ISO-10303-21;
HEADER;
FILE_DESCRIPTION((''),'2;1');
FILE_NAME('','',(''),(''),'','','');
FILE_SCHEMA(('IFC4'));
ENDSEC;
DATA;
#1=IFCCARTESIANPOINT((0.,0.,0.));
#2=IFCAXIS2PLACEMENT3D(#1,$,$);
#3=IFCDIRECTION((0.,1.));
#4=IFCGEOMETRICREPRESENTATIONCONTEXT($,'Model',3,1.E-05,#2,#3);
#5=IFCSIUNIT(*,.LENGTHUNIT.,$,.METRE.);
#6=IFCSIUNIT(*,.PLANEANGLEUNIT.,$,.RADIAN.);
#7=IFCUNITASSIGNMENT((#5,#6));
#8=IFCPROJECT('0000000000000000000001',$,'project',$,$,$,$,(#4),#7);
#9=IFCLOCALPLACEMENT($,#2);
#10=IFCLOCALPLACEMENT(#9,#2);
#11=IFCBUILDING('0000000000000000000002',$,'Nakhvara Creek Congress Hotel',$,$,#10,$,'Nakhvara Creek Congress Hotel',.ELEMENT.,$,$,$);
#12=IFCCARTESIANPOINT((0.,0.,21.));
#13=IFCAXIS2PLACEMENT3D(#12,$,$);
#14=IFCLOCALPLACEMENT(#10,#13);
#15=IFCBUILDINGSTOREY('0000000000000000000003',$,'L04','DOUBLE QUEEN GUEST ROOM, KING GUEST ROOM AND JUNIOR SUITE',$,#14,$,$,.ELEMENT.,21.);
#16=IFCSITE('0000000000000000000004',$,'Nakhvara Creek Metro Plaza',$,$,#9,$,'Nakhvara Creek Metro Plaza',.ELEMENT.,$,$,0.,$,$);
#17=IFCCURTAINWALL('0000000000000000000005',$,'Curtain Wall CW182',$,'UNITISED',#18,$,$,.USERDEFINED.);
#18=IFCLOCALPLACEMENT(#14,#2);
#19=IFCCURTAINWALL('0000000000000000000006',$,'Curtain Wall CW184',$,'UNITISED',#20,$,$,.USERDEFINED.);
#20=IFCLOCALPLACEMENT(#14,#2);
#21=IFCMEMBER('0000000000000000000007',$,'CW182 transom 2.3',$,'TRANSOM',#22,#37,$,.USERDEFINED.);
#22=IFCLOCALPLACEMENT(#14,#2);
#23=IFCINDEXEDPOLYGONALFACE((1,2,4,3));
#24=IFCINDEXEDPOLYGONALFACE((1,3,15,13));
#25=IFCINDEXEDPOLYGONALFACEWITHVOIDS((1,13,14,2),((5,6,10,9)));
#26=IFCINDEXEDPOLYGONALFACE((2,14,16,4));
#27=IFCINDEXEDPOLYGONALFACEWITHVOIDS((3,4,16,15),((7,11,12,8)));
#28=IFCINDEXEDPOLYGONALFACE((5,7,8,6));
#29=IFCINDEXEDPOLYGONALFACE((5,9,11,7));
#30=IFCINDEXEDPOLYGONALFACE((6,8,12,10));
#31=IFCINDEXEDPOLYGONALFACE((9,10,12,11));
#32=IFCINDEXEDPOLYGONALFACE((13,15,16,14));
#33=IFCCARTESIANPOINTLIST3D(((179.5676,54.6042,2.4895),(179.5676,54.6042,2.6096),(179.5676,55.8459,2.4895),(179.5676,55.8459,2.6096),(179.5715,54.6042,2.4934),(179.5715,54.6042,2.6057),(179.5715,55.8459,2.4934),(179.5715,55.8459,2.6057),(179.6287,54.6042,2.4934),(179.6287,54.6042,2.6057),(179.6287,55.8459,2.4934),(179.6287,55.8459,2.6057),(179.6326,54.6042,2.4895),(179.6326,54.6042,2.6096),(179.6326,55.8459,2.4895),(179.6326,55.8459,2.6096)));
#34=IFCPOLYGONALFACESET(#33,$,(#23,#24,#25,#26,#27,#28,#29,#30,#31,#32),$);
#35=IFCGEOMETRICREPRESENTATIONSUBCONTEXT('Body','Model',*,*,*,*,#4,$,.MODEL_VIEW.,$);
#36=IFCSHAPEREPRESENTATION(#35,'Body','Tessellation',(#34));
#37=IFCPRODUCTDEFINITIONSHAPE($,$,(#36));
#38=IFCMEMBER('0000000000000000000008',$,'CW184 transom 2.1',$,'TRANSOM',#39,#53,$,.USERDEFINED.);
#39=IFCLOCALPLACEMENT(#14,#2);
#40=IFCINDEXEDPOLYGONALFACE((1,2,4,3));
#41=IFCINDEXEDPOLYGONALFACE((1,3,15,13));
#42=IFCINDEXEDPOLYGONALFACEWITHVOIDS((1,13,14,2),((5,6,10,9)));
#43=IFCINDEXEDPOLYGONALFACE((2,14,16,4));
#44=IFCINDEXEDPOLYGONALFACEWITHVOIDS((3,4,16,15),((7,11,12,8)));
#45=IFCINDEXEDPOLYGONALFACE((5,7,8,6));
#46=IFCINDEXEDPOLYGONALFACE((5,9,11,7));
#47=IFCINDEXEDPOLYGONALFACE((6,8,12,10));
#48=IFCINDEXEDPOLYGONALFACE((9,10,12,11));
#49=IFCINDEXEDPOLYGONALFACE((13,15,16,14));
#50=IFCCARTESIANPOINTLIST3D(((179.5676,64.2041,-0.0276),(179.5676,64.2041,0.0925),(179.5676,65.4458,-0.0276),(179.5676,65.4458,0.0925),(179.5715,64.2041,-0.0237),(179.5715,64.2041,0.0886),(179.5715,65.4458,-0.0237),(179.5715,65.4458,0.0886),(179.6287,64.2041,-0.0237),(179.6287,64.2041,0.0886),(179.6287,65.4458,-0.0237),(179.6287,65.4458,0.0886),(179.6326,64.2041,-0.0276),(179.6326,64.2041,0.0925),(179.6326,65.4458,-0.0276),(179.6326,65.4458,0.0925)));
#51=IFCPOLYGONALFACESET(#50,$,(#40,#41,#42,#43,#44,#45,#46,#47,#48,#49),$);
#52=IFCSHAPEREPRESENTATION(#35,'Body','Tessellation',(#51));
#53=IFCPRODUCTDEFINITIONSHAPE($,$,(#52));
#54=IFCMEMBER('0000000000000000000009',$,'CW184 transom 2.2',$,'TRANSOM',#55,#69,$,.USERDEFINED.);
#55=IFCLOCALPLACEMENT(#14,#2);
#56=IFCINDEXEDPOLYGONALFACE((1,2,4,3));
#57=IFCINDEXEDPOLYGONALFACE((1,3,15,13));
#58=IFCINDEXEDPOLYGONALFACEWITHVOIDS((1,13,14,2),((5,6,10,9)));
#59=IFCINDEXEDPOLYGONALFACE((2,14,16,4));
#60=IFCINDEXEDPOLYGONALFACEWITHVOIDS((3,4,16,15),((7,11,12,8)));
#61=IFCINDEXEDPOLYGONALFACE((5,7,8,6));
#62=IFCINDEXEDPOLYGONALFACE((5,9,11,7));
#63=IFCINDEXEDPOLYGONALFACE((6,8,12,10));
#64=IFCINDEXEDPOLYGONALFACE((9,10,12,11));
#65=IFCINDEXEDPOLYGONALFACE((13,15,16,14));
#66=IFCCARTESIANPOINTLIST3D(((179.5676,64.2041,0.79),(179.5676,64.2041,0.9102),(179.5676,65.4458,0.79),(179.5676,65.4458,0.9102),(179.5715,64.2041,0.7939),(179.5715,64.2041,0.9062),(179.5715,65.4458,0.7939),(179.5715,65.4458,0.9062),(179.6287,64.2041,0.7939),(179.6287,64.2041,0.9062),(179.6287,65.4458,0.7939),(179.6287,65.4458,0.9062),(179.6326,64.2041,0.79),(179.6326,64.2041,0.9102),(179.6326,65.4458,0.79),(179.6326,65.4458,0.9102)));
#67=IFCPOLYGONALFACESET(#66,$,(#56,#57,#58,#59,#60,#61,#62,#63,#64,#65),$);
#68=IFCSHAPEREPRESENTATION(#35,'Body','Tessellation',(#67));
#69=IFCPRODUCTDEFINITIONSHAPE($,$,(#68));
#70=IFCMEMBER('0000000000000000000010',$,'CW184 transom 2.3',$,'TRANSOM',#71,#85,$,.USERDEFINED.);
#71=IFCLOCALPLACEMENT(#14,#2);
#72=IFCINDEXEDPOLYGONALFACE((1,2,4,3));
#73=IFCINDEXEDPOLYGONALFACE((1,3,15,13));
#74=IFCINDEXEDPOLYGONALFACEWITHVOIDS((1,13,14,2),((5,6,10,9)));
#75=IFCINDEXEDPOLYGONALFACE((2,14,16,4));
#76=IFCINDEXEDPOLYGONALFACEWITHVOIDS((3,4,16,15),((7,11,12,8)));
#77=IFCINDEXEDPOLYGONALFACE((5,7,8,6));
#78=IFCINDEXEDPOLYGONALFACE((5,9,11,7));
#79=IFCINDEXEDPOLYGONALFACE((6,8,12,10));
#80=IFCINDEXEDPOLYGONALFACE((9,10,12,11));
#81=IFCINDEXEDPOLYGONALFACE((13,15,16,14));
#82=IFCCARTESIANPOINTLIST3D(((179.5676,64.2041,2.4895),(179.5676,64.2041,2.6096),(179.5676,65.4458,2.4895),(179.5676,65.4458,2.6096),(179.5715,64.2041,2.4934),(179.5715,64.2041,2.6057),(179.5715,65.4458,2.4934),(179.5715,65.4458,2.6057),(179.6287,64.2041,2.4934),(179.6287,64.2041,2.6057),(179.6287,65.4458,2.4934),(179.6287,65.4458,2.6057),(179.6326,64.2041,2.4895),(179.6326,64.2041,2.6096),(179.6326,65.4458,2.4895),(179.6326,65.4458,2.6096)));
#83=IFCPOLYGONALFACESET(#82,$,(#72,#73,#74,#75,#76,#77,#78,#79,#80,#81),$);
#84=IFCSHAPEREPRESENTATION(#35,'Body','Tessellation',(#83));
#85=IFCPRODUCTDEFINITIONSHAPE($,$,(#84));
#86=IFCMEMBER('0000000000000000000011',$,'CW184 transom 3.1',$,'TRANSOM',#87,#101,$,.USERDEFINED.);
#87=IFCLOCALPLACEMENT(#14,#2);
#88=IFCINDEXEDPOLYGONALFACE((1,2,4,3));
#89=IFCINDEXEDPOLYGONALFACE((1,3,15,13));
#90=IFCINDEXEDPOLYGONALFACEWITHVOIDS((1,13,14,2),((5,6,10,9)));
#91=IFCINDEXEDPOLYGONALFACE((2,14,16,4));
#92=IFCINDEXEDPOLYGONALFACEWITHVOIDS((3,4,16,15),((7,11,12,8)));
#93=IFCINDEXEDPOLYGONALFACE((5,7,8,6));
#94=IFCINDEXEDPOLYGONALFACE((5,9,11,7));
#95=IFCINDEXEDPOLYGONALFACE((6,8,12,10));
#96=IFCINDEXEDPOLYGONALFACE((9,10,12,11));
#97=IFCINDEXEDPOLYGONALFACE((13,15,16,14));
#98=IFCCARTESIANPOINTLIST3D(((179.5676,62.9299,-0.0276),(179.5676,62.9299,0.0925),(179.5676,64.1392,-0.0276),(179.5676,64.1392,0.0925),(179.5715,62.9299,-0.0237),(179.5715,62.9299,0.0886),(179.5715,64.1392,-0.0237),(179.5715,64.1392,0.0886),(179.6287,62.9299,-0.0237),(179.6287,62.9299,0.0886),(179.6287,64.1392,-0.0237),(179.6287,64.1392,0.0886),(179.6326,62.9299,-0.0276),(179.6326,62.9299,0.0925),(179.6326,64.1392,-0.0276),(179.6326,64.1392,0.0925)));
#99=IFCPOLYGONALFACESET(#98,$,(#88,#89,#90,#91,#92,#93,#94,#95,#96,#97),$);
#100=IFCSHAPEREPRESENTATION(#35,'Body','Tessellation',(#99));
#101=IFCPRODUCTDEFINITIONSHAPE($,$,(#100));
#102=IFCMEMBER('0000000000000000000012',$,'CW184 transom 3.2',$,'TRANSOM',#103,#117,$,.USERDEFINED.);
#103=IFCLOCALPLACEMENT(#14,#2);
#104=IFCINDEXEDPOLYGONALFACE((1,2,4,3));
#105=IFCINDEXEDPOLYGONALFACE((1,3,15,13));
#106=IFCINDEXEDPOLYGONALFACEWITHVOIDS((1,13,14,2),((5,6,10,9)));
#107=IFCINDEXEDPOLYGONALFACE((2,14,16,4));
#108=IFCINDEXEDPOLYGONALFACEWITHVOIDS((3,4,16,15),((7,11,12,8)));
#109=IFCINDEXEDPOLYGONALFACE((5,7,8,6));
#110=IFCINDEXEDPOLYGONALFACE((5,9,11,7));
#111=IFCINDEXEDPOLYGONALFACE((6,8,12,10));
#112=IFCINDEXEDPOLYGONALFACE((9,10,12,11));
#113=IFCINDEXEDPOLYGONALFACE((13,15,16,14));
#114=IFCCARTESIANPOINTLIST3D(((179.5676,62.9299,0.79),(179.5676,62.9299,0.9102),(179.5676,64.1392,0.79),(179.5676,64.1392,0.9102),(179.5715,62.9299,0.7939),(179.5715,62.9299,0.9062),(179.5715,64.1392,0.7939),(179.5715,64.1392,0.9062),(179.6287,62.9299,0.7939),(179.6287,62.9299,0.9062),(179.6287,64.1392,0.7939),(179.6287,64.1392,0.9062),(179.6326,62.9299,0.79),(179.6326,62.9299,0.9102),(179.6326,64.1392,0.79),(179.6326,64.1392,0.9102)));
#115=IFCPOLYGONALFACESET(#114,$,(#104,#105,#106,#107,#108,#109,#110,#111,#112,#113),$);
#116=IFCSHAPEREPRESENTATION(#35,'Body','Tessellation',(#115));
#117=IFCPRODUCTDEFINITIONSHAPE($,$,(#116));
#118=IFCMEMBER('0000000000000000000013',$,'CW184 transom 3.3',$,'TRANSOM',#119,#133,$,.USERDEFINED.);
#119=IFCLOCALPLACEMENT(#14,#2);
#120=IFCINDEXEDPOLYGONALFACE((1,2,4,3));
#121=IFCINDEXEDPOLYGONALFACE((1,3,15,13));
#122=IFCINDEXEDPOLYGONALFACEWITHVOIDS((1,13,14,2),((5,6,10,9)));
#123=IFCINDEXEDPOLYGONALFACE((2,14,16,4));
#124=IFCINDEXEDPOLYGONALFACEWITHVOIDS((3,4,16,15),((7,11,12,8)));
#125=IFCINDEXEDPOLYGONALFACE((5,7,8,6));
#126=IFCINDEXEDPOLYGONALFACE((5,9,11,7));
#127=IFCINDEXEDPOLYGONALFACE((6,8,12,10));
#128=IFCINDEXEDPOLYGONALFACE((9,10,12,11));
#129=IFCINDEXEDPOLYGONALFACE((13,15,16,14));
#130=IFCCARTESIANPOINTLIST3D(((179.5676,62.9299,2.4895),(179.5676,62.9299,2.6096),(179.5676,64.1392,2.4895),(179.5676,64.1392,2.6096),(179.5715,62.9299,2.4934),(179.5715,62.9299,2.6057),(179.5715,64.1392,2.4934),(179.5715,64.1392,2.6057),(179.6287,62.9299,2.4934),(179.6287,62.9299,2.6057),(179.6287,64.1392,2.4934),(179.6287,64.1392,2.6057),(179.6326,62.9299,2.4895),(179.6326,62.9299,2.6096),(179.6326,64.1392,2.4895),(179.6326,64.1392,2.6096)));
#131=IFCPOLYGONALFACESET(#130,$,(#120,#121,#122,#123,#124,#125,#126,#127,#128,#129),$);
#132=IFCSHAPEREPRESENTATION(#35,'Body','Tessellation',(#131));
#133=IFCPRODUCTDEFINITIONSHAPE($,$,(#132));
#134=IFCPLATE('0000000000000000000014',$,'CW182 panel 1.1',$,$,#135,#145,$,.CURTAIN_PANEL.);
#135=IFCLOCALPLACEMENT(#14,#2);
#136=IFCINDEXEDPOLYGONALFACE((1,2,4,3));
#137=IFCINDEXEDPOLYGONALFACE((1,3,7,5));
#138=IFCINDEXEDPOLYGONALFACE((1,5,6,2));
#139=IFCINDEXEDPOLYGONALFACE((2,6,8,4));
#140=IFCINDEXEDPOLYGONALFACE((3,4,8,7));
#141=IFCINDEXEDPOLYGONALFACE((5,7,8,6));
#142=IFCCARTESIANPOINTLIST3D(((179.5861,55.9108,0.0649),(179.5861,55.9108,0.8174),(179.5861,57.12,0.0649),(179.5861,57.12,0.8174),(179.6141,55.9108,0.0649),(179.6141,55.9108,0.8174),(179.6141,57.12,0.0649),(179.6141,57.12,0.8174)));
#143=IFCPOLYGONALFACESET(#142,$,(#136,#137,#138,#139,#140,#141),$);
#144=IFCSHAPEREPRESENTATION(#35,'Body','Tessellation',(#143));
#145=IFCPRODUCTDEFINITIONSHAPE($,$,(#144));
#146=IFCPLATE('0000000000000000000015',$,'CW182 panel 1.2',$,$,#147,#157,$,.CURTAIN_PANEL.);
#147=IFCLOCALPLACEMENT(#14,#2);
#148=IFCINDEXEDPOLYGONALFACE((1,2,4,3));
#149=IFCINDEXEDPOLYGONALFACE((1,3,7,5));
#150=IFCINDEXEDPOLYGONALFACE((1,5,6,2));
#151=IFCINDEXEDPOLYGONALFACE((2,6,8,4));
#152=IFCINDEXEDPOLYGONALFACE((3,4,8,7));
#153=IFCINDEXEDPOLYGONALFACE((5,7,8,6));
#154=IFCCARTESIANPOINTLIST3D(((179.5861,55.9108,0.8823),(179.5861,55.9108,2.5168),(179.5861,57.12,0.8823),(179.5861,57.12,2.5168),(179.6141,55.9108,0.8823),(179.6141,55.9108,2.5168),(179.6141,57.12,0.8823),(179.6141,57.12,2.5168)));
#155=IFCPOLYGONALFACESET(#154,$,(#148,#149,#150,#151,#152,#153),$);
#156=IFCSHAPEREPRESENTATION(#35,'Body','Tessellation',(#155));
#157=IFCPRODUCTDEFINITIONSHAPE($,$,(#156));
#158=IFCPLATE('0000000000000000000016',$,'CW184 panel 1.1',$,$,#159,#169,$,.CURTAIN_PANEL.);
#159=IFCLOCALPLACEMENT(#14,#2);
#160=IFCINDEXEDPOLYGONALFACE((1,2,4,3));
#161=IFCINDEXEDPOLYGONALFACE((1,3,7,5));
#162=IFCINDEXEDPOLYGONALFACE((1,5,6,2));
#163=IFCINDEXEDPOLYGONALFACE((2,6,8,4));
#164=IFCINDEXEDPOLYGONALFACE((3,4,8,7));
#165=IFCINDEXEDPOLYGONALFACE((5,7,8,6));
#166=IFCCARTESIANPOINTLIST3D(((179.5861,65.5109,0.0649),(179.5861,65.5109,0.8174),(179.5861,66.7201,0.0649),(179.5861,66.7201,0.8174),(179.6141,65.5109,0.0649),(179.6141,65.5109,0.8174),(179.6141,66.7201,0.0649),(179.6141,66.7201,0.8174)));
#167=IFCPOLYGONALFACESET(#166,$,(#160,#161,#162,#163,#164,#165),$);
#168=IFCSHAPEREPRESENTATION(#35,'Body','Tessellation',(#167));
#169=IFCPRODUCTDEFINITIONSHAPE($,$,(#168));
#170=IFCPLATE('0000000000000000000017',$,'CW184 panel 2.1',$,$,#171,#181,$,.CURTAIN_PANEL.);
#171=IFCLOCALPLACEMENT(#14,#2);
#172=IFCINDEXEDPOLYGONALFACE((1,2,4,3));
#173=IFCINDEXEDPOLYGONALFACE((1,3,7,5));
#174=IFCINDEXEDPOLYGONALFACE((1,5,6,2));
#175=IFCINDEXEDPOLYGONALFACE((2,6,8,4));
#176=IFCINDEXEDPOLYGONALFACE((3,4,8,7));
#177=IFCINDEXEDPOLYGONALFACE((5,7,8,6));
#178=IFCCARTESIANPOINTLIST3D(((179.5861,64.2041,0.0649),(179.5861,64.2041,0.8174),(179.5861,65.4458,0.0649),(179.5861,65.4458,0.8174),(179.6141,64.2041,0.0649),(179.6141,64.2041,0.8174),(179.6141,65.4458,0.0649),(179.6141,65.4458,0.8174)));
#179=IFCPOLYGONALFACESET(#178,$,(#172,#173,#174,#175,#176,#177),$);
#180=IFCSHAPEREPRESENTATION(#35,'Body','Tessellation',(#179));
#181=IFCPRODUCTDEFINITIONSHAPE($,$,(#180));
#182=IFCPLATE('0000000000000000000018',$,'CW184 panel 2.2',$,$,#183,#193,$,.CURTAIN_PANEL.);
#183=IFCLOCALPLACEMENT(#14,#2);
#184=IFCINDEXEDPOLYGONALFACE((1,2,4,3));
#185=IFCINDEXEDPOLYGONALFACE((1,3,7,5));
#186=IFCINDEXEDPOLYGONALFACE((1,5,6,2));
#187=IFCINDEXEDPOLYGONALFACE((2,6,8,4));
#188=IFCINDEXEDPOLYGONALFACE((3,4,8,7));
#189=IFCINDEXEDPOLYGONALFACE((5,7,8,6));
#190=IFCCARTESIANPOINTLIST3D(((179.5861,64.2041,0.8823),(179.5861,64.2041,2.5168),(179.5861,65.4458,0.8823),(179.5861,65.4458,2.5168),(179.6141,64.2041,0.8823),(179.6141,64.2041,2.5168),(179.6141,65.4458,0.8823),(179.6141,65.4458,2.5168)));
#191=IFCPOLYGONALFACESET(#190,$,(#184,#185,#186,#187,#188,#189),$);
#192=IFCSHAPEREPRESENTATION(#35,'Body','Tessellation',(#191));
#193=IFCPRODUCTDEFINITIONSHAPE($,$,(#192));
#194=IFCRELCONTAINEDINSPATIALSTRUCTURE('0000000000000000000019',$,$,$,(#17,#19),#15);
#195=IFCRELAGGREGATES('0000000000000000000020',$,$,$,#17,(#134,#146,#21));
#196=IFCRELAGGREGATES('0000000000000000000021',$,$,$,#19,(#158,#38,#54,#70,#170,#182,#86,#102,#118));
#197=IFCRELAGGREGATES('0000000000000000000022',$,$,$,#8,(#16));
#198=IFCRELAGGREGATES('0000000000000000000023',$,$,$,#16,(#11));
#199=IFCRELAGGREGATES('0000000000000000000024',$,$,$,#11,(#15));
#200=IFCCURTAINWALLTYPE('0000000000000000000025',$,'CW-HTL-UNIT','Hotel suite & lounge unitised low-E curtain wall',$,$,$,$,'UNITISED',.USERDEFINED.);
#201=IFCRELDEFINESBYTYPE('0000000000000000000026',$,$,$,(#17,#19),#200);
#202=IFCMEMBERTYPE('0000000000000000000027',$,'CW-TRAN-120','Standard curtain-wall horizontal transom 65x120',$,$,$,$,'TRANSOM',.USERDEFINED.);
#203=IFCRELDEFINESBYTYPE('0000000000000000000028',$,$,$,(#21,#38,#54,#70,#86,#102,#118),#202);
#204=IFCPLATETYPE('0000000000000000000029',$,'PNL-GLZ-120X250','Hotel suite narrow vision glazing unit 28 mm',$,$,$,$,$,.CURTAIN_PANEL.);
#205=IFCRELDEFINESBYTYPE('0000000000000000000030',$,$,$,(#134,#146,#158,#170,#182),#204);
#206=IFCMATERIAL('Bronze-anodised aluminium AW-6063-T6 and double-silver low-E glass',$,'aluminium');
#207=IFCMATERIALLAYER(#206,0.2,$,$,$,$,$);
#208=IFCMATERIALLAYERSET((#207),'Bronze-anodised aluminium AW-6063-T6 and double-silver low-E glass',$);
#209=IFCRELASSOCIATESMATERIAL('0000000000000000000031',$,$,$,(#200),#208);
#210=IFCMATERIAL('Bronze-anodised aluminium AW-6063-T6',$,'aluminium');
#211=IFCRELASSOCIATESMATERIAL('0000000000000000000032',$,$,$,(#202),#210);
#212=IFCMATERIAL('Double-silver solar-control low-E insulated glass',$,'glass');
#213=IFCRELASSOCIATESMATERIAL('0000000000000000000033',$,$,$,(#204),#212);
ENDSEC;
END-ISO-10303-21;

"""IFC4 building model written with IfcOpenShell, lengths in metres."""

from ifc_helpers import new_model, si_unit, direction, frame, origin, origin_2d, place, context, subcontext, project, spatial, rectangle, hollow_rectangle, extrude, material, layer, layer_set, material_profile, profile_set, type_object, element, aggregate, save


model = new_model("IFC4")

# Units and contexts
model_context = context("Model", 3, precision=1e-05, world=origin(), true_north=direction((0.0, 1.0)))
body_context = subcontext(model_context, "Body", "Model", "MODEL_VIEW")
ifc_project = project(units=[si_unit("LENGTHUNIT", "METRE"), si_unit("PLANEANGLEUNIT", "RADIAN")], contexts=[model_context])

# Site, building, storey
site_placement = place(None, origin())
site = spatial("IfcSite", under=ifc_project, at=site_placement, Name="Nakhvara Creek Metro Plaza", LongName="Nakhvara Creek Metro Plaza", CompositionType="ELEMENT", RefElevation=0.0)
building_placement = place(site_placement, origin())
building = spatial("IfcBuilding", under=site, at=building_placement, Name="Nakhvara Creek Congress Hotel", LongName="Nakhvara Creek Congress Hotel", CompositionType="ELEMENT")
storey_placement = place(building_placement, frame((0.0, 0.0, 21.0)))
storey = spatial("IfcBuildingStorey", under=building, at=storey_placement, Name="L04", Description="DOUBLE QUEEN GUEST ROOM, KING GUEST ROOM AND JUNIOR SUITE", CompositionType="ELEMENT", Elevation=21.0)

# Curtain walls
ifc_material_1 = material(Name="Bronze-anodised aluminium AW-6063-T6 and double-silver low-E glass", Category="aluminium")
ifc_layer_1 = layer(ifc_material_1, 0.2)
ifc_layer_set_1 = layer_set([ifc_layer_1], Name="Bronze-anodised aluminium AW-6063-T6 and double-silver low-E glass")
curtain_wall_type = type_object("IfcCurtainWallType", Name="CW-HTL-UNIT", Description="Hotel suite & lounge unitised low-E curtain wall", ElementType="UNITISED", PredefinedType="USERDEFINED", material=ifc_layer_set_1)
curtain_wall_1_placement = place(storey_placement, origin())
curtain_wall_1 = element("IfcCurtainWall", 1, at=curtain_wall_1_placement, inside=storey, type_object=curtain_wall_type, Name="Curtain Wall CW182", ObjectType="UNITISED", PredefinedType="USERDEFINED")
ifc_material_2 = material(Name="Bronze-anodised aluminium AW-6063-T6", Category="aluminium")
curtain_wall_2_placement = place(storey_placement, origin())
curtain_wall_2 = element("IfcCurtainWall", 2, at=curtain_wall_2_placement, inside=storey, type_object=curtain_wall_type, Name="Curtain Wall CW184", ObjectType="UNITISED", PredefinedType="USERDEFINED")

# Members
ifc_material_profile_1 = material_profile(ifc_material_2, hollow_rectangle(XDim=0.0649, YDim=0.1201, WallThickness=0.0039, at=origin_2d()), Name="ALU-TRAN 65x120x4", Category="LoadBearing")
ifc_profile_set_1 = profile_set([ifc_material_profile_1], Name="Bronze-anodised aluminium AW-6063-T6")
member_type_1 = type_object("IfcMemberType", Name="CW-TRAN-120", Description="Standard curtain-wall horizontal transom 65x120", ElementType="TRANSOM", PredefinedType="USERDEFINED", material=ifc_profile_set_1)
member_1_placement = place(storey_placement, frame((179.6001, 55.8459, 2.5496), z_axis=(0.0, -1.0, 0.0), x_axis=(1.0, 0.0, 0.0)))
member_1 = element("IfcMember", 3, at=member_1_placement, type_object=member_type_1, Name="CW182 transom 2.3", ObjectType="TRANSOM", PredefinedType="USERDEFINED", context=body_context, shape_type="SweptSolid", body=[
    extrude(hollow_rectangle(XDim=0.0649, YDim=0.1201, WallThickness=0.0039, at=origin_2d()), origin(), (0.0, 0.0, 1.0), 1.2417),
])
member_2_placement = place(storey_placement, frame((179.6001, 65.4458, 0.0325), z_axis=(0.0, -1.0, 0.0), x_axis=(1.0, 0.0, 0.0)))
member_2 = element("IfcMember", 4, at=member_2_placement, type_object=member_type_1, Name="CW184 transom 2.1", ObjectType="TRANSOM", PredefinedType="USERDEFINED", context=body_context, shape_type="SweptSolid", body=[
    extrude(hollow_rectangle(XDim=0.0649, YDim=0.1201, WallThickness=0.0039, at=origin_2d()), origin(), (0.0, 0.0, 1.0), 1.2417),
])
member_3_placement = place(storey_placement, frame((179.6001, 65.4458, 0.8501), z_axis=(0.0, -1.0, 0.0), x_axis=(1.0, 0.0, 0.0)))
member_3 = element("IfcMember", 5, at=member_3_placement, type_object=member_type_1, Name="CW184 transom 2.2", ObjectType="TRANSOM", PredefinedType="USERDEFINED", context=body_context, shape_type="SweptSolid", body=[
    extrude(hollow_rectangle(XDim=0.0649, YDim=0.1201, WallThickness=0.0039, at=origin_2d()), origin(), (0.0, 0.0, 1.0), 1.2417),
])
member_4_placement = place(storey_placement, frame((179.6001, 65.4458, 2.5496), z_axis=(0.0, -1.0, 0.0), x_axis=(1.0, 0.0, 0.0)))
member_4 = element("IfcMember", 6, at=member_4_placement, type_object=member_type_1, Name="CW184 transom 2.3", ObjectType="TRANSOM", PredefinedType="USERDEFINED", context=body_context, shape_type="SweptSolid", body=[
    extrude(hollow_rectangle(XDim=0.0649, YDim=0.1201, WallThickness=0.0039, at=origin_2d()), origin(), (0.0, 0.0, 1.0), 1.2417),
])
member_5_placement = place(storey_placement, frame((179.6001, 64.1392, 0.0325), z_axis=(0.0, -1.0, 0.0), x_axis=(1.0, 0.0, 0.0)))
member_5 = element("IfcMember", 7, at=member_5_placement, type_object=member_type_1, Name="CW184 transom 3.1", ObjectType="TRANSOM", PredefinedType="USERDEFINED", context=body_context, shape_type="SweptSolid", body=[
    extrude(hollow_rectangle(XDim=0.0649, YDim=0.1201, WallThickness=0.0039, at=origin_2d()), origin(), (0.0, 0.0, 1.0), 1.2092),
])
member_6_placement = place(storey_placement, frame((179.6001, 64.1392, 0.8501), z_axis=(0.0, -1.0, 0.0), x_axis=(1.0, 0.0, 0.0)))
member_6 = element("IfcMember", 8, at=member_6_placement, type_object=member_type_1, Name="CW184 transom 3.2", ObjectType="TRANSOM", PredefinedType="USERDEFINED", context=body_context, shape_type="SweptSolid", body=[
    extrude(hollow_rectangle(XDim=0.0649, YDim=0.1201, WallThickness=0.0039, at=origin_2d()), origin(), (0.0, 0.0, 1.0), 1.2092),
])
member_7_placement = place(storey_placement, frame((179.6001, 64.1392, 2.5496), z_axis=(0.0, -1.0, 0.0), x_axis=(1.0, 0.0, 0.0)))
member_7 = element("IfcMember", 9, at=member_7_placement, type_object=member_type_1, Name="CW184 transom 3.3", ObjectType="TRANSOM", PredefinedType="USERDEFINED", context=body_context, shape_type="SweptSolid", body=[
    extrude(hollow_rectangle(XDim=0.0649, YDim=0.1201, WallThickness=0.0039, at=origin_2d()), origin(), (0.0, 0.0, 1.0), 1.2092),
])

# Plates
ifc_material_3 = material(Name="Double-silver solar-control low-E insulated glass", Category="glass")
plate_type = type_object("IfcPlateType", Name="PNL-GLZ-120X250", Description="Hotel suite narrow vision glazing unit 28 mm", PredefinedType="CURTAIN_PANEL", material=ifc_material_3)
plate_1_placement = place(storey_placement, frame((179.6001, 56.5154, 0.0649), z_axis=(0.0, 0.0, 1.0), x_axis=(0.0, -1.0, 0.0)))
plate_1 = element("IfcPlate", 10, at=plate_1_placement, type_object=plate_type, Name="CW182 panel 1.1", PredefinedType="CURTAIN_PANEL", context=body_context, shape_type="SweptSolid", body=[
    extrude(rectangle(XDim=1.2092, YDim=0.0281, at=origin_2d()), origin(), (0.0, 0.0, 1.0), 0.7524),
])
plate_2_placement = place(storey_placement, frame((179.6001, 56.5154, 0.8823), z_axis=(0.0, 0.0, 1.0), x_axis=(0.0, -1.0, 0.0)))
plate_2 = element("IfcPlate", 11, at=plate_2_placement, type_object=plate_type, Name="CW182 panel 1.2", PredefinedType="CURTAIN_PANEL", context=body_context, shape_type="SweptSolid", body=[
    extrude(rectangle(XDim=1.2092, YDim=0.0281, at=origin_2d()), origin(), (0.0, 0.0, 1.0), 1.6345),
])
aggregate(curtain_wall_1, [plate_1, plate_2, member_1])
plate_3_placement = place(storey_placement, frame((179.6001, 66.1155, 0.0649), z_axis=(0.0, 0.0, 1.0), x_axis=(0.0, -1.0, 0.0)))
plate_3 = element("IfcPlate", 12, at=plate_3_placement, type_object=plate_type, Name="CW184 panel 1.1", PredefinedType="CURTAIN_PANEL", context=body_context, shape_type="SweptSolid", body=[
    extrude(rectangle(XDim=1.2092, YDim=0.0281, at=origin_2d()), origin(), (0.0, 0.0, 1.0), 0.7524),
])
plate_4_placement = place(storey_placement, frame((179.6001, 64.825, 0.0649), z_axis=(0.0, 0.0, 1.0), x_axis=(0.0, -1.0, 0.0)))
plate_4 = element("IfcPlate", 13, at=plate_4_placement, type_object=plate_type, Name="CW184 panel 2.1", PredefinedType="CURTAIN_PANEL", context=body_context, shape_type="SweptSolid", body=[
    extrude(rectangle(XDim=1.2417, YDim=0.0281, at=origin_2d()), origin(), (0.0, 0.0, 1.0), 0.7524),
])
plate_5_placement = place(storey_placement, frame((179.6001, 64.825, 0.8823), z_axis=(0.0, 0.0, 1.0), x_axis=(0.0, -1.0, 0.0)))
plate_5 = element("IfcPlate", 14, at=plate_5_placement, type_object=plate_type, Name="CW184 panel 2.2", PredefinedType="CURTAIN_PANEL", context=body_context, shape_type="SweptSolid", body=[
    extrude(rectangle(XDim=1.2417, YDim=0.0281, at=origin_2d()), origin(), (0.0, 0.0, 1.0), 1.6345),
])
aggregate(curtain_wall_2, [plate_3, member_2, member_3, member_4, plate_4, plate_5, member_5, member_6, member_7])

save(model, "model.ifc")
